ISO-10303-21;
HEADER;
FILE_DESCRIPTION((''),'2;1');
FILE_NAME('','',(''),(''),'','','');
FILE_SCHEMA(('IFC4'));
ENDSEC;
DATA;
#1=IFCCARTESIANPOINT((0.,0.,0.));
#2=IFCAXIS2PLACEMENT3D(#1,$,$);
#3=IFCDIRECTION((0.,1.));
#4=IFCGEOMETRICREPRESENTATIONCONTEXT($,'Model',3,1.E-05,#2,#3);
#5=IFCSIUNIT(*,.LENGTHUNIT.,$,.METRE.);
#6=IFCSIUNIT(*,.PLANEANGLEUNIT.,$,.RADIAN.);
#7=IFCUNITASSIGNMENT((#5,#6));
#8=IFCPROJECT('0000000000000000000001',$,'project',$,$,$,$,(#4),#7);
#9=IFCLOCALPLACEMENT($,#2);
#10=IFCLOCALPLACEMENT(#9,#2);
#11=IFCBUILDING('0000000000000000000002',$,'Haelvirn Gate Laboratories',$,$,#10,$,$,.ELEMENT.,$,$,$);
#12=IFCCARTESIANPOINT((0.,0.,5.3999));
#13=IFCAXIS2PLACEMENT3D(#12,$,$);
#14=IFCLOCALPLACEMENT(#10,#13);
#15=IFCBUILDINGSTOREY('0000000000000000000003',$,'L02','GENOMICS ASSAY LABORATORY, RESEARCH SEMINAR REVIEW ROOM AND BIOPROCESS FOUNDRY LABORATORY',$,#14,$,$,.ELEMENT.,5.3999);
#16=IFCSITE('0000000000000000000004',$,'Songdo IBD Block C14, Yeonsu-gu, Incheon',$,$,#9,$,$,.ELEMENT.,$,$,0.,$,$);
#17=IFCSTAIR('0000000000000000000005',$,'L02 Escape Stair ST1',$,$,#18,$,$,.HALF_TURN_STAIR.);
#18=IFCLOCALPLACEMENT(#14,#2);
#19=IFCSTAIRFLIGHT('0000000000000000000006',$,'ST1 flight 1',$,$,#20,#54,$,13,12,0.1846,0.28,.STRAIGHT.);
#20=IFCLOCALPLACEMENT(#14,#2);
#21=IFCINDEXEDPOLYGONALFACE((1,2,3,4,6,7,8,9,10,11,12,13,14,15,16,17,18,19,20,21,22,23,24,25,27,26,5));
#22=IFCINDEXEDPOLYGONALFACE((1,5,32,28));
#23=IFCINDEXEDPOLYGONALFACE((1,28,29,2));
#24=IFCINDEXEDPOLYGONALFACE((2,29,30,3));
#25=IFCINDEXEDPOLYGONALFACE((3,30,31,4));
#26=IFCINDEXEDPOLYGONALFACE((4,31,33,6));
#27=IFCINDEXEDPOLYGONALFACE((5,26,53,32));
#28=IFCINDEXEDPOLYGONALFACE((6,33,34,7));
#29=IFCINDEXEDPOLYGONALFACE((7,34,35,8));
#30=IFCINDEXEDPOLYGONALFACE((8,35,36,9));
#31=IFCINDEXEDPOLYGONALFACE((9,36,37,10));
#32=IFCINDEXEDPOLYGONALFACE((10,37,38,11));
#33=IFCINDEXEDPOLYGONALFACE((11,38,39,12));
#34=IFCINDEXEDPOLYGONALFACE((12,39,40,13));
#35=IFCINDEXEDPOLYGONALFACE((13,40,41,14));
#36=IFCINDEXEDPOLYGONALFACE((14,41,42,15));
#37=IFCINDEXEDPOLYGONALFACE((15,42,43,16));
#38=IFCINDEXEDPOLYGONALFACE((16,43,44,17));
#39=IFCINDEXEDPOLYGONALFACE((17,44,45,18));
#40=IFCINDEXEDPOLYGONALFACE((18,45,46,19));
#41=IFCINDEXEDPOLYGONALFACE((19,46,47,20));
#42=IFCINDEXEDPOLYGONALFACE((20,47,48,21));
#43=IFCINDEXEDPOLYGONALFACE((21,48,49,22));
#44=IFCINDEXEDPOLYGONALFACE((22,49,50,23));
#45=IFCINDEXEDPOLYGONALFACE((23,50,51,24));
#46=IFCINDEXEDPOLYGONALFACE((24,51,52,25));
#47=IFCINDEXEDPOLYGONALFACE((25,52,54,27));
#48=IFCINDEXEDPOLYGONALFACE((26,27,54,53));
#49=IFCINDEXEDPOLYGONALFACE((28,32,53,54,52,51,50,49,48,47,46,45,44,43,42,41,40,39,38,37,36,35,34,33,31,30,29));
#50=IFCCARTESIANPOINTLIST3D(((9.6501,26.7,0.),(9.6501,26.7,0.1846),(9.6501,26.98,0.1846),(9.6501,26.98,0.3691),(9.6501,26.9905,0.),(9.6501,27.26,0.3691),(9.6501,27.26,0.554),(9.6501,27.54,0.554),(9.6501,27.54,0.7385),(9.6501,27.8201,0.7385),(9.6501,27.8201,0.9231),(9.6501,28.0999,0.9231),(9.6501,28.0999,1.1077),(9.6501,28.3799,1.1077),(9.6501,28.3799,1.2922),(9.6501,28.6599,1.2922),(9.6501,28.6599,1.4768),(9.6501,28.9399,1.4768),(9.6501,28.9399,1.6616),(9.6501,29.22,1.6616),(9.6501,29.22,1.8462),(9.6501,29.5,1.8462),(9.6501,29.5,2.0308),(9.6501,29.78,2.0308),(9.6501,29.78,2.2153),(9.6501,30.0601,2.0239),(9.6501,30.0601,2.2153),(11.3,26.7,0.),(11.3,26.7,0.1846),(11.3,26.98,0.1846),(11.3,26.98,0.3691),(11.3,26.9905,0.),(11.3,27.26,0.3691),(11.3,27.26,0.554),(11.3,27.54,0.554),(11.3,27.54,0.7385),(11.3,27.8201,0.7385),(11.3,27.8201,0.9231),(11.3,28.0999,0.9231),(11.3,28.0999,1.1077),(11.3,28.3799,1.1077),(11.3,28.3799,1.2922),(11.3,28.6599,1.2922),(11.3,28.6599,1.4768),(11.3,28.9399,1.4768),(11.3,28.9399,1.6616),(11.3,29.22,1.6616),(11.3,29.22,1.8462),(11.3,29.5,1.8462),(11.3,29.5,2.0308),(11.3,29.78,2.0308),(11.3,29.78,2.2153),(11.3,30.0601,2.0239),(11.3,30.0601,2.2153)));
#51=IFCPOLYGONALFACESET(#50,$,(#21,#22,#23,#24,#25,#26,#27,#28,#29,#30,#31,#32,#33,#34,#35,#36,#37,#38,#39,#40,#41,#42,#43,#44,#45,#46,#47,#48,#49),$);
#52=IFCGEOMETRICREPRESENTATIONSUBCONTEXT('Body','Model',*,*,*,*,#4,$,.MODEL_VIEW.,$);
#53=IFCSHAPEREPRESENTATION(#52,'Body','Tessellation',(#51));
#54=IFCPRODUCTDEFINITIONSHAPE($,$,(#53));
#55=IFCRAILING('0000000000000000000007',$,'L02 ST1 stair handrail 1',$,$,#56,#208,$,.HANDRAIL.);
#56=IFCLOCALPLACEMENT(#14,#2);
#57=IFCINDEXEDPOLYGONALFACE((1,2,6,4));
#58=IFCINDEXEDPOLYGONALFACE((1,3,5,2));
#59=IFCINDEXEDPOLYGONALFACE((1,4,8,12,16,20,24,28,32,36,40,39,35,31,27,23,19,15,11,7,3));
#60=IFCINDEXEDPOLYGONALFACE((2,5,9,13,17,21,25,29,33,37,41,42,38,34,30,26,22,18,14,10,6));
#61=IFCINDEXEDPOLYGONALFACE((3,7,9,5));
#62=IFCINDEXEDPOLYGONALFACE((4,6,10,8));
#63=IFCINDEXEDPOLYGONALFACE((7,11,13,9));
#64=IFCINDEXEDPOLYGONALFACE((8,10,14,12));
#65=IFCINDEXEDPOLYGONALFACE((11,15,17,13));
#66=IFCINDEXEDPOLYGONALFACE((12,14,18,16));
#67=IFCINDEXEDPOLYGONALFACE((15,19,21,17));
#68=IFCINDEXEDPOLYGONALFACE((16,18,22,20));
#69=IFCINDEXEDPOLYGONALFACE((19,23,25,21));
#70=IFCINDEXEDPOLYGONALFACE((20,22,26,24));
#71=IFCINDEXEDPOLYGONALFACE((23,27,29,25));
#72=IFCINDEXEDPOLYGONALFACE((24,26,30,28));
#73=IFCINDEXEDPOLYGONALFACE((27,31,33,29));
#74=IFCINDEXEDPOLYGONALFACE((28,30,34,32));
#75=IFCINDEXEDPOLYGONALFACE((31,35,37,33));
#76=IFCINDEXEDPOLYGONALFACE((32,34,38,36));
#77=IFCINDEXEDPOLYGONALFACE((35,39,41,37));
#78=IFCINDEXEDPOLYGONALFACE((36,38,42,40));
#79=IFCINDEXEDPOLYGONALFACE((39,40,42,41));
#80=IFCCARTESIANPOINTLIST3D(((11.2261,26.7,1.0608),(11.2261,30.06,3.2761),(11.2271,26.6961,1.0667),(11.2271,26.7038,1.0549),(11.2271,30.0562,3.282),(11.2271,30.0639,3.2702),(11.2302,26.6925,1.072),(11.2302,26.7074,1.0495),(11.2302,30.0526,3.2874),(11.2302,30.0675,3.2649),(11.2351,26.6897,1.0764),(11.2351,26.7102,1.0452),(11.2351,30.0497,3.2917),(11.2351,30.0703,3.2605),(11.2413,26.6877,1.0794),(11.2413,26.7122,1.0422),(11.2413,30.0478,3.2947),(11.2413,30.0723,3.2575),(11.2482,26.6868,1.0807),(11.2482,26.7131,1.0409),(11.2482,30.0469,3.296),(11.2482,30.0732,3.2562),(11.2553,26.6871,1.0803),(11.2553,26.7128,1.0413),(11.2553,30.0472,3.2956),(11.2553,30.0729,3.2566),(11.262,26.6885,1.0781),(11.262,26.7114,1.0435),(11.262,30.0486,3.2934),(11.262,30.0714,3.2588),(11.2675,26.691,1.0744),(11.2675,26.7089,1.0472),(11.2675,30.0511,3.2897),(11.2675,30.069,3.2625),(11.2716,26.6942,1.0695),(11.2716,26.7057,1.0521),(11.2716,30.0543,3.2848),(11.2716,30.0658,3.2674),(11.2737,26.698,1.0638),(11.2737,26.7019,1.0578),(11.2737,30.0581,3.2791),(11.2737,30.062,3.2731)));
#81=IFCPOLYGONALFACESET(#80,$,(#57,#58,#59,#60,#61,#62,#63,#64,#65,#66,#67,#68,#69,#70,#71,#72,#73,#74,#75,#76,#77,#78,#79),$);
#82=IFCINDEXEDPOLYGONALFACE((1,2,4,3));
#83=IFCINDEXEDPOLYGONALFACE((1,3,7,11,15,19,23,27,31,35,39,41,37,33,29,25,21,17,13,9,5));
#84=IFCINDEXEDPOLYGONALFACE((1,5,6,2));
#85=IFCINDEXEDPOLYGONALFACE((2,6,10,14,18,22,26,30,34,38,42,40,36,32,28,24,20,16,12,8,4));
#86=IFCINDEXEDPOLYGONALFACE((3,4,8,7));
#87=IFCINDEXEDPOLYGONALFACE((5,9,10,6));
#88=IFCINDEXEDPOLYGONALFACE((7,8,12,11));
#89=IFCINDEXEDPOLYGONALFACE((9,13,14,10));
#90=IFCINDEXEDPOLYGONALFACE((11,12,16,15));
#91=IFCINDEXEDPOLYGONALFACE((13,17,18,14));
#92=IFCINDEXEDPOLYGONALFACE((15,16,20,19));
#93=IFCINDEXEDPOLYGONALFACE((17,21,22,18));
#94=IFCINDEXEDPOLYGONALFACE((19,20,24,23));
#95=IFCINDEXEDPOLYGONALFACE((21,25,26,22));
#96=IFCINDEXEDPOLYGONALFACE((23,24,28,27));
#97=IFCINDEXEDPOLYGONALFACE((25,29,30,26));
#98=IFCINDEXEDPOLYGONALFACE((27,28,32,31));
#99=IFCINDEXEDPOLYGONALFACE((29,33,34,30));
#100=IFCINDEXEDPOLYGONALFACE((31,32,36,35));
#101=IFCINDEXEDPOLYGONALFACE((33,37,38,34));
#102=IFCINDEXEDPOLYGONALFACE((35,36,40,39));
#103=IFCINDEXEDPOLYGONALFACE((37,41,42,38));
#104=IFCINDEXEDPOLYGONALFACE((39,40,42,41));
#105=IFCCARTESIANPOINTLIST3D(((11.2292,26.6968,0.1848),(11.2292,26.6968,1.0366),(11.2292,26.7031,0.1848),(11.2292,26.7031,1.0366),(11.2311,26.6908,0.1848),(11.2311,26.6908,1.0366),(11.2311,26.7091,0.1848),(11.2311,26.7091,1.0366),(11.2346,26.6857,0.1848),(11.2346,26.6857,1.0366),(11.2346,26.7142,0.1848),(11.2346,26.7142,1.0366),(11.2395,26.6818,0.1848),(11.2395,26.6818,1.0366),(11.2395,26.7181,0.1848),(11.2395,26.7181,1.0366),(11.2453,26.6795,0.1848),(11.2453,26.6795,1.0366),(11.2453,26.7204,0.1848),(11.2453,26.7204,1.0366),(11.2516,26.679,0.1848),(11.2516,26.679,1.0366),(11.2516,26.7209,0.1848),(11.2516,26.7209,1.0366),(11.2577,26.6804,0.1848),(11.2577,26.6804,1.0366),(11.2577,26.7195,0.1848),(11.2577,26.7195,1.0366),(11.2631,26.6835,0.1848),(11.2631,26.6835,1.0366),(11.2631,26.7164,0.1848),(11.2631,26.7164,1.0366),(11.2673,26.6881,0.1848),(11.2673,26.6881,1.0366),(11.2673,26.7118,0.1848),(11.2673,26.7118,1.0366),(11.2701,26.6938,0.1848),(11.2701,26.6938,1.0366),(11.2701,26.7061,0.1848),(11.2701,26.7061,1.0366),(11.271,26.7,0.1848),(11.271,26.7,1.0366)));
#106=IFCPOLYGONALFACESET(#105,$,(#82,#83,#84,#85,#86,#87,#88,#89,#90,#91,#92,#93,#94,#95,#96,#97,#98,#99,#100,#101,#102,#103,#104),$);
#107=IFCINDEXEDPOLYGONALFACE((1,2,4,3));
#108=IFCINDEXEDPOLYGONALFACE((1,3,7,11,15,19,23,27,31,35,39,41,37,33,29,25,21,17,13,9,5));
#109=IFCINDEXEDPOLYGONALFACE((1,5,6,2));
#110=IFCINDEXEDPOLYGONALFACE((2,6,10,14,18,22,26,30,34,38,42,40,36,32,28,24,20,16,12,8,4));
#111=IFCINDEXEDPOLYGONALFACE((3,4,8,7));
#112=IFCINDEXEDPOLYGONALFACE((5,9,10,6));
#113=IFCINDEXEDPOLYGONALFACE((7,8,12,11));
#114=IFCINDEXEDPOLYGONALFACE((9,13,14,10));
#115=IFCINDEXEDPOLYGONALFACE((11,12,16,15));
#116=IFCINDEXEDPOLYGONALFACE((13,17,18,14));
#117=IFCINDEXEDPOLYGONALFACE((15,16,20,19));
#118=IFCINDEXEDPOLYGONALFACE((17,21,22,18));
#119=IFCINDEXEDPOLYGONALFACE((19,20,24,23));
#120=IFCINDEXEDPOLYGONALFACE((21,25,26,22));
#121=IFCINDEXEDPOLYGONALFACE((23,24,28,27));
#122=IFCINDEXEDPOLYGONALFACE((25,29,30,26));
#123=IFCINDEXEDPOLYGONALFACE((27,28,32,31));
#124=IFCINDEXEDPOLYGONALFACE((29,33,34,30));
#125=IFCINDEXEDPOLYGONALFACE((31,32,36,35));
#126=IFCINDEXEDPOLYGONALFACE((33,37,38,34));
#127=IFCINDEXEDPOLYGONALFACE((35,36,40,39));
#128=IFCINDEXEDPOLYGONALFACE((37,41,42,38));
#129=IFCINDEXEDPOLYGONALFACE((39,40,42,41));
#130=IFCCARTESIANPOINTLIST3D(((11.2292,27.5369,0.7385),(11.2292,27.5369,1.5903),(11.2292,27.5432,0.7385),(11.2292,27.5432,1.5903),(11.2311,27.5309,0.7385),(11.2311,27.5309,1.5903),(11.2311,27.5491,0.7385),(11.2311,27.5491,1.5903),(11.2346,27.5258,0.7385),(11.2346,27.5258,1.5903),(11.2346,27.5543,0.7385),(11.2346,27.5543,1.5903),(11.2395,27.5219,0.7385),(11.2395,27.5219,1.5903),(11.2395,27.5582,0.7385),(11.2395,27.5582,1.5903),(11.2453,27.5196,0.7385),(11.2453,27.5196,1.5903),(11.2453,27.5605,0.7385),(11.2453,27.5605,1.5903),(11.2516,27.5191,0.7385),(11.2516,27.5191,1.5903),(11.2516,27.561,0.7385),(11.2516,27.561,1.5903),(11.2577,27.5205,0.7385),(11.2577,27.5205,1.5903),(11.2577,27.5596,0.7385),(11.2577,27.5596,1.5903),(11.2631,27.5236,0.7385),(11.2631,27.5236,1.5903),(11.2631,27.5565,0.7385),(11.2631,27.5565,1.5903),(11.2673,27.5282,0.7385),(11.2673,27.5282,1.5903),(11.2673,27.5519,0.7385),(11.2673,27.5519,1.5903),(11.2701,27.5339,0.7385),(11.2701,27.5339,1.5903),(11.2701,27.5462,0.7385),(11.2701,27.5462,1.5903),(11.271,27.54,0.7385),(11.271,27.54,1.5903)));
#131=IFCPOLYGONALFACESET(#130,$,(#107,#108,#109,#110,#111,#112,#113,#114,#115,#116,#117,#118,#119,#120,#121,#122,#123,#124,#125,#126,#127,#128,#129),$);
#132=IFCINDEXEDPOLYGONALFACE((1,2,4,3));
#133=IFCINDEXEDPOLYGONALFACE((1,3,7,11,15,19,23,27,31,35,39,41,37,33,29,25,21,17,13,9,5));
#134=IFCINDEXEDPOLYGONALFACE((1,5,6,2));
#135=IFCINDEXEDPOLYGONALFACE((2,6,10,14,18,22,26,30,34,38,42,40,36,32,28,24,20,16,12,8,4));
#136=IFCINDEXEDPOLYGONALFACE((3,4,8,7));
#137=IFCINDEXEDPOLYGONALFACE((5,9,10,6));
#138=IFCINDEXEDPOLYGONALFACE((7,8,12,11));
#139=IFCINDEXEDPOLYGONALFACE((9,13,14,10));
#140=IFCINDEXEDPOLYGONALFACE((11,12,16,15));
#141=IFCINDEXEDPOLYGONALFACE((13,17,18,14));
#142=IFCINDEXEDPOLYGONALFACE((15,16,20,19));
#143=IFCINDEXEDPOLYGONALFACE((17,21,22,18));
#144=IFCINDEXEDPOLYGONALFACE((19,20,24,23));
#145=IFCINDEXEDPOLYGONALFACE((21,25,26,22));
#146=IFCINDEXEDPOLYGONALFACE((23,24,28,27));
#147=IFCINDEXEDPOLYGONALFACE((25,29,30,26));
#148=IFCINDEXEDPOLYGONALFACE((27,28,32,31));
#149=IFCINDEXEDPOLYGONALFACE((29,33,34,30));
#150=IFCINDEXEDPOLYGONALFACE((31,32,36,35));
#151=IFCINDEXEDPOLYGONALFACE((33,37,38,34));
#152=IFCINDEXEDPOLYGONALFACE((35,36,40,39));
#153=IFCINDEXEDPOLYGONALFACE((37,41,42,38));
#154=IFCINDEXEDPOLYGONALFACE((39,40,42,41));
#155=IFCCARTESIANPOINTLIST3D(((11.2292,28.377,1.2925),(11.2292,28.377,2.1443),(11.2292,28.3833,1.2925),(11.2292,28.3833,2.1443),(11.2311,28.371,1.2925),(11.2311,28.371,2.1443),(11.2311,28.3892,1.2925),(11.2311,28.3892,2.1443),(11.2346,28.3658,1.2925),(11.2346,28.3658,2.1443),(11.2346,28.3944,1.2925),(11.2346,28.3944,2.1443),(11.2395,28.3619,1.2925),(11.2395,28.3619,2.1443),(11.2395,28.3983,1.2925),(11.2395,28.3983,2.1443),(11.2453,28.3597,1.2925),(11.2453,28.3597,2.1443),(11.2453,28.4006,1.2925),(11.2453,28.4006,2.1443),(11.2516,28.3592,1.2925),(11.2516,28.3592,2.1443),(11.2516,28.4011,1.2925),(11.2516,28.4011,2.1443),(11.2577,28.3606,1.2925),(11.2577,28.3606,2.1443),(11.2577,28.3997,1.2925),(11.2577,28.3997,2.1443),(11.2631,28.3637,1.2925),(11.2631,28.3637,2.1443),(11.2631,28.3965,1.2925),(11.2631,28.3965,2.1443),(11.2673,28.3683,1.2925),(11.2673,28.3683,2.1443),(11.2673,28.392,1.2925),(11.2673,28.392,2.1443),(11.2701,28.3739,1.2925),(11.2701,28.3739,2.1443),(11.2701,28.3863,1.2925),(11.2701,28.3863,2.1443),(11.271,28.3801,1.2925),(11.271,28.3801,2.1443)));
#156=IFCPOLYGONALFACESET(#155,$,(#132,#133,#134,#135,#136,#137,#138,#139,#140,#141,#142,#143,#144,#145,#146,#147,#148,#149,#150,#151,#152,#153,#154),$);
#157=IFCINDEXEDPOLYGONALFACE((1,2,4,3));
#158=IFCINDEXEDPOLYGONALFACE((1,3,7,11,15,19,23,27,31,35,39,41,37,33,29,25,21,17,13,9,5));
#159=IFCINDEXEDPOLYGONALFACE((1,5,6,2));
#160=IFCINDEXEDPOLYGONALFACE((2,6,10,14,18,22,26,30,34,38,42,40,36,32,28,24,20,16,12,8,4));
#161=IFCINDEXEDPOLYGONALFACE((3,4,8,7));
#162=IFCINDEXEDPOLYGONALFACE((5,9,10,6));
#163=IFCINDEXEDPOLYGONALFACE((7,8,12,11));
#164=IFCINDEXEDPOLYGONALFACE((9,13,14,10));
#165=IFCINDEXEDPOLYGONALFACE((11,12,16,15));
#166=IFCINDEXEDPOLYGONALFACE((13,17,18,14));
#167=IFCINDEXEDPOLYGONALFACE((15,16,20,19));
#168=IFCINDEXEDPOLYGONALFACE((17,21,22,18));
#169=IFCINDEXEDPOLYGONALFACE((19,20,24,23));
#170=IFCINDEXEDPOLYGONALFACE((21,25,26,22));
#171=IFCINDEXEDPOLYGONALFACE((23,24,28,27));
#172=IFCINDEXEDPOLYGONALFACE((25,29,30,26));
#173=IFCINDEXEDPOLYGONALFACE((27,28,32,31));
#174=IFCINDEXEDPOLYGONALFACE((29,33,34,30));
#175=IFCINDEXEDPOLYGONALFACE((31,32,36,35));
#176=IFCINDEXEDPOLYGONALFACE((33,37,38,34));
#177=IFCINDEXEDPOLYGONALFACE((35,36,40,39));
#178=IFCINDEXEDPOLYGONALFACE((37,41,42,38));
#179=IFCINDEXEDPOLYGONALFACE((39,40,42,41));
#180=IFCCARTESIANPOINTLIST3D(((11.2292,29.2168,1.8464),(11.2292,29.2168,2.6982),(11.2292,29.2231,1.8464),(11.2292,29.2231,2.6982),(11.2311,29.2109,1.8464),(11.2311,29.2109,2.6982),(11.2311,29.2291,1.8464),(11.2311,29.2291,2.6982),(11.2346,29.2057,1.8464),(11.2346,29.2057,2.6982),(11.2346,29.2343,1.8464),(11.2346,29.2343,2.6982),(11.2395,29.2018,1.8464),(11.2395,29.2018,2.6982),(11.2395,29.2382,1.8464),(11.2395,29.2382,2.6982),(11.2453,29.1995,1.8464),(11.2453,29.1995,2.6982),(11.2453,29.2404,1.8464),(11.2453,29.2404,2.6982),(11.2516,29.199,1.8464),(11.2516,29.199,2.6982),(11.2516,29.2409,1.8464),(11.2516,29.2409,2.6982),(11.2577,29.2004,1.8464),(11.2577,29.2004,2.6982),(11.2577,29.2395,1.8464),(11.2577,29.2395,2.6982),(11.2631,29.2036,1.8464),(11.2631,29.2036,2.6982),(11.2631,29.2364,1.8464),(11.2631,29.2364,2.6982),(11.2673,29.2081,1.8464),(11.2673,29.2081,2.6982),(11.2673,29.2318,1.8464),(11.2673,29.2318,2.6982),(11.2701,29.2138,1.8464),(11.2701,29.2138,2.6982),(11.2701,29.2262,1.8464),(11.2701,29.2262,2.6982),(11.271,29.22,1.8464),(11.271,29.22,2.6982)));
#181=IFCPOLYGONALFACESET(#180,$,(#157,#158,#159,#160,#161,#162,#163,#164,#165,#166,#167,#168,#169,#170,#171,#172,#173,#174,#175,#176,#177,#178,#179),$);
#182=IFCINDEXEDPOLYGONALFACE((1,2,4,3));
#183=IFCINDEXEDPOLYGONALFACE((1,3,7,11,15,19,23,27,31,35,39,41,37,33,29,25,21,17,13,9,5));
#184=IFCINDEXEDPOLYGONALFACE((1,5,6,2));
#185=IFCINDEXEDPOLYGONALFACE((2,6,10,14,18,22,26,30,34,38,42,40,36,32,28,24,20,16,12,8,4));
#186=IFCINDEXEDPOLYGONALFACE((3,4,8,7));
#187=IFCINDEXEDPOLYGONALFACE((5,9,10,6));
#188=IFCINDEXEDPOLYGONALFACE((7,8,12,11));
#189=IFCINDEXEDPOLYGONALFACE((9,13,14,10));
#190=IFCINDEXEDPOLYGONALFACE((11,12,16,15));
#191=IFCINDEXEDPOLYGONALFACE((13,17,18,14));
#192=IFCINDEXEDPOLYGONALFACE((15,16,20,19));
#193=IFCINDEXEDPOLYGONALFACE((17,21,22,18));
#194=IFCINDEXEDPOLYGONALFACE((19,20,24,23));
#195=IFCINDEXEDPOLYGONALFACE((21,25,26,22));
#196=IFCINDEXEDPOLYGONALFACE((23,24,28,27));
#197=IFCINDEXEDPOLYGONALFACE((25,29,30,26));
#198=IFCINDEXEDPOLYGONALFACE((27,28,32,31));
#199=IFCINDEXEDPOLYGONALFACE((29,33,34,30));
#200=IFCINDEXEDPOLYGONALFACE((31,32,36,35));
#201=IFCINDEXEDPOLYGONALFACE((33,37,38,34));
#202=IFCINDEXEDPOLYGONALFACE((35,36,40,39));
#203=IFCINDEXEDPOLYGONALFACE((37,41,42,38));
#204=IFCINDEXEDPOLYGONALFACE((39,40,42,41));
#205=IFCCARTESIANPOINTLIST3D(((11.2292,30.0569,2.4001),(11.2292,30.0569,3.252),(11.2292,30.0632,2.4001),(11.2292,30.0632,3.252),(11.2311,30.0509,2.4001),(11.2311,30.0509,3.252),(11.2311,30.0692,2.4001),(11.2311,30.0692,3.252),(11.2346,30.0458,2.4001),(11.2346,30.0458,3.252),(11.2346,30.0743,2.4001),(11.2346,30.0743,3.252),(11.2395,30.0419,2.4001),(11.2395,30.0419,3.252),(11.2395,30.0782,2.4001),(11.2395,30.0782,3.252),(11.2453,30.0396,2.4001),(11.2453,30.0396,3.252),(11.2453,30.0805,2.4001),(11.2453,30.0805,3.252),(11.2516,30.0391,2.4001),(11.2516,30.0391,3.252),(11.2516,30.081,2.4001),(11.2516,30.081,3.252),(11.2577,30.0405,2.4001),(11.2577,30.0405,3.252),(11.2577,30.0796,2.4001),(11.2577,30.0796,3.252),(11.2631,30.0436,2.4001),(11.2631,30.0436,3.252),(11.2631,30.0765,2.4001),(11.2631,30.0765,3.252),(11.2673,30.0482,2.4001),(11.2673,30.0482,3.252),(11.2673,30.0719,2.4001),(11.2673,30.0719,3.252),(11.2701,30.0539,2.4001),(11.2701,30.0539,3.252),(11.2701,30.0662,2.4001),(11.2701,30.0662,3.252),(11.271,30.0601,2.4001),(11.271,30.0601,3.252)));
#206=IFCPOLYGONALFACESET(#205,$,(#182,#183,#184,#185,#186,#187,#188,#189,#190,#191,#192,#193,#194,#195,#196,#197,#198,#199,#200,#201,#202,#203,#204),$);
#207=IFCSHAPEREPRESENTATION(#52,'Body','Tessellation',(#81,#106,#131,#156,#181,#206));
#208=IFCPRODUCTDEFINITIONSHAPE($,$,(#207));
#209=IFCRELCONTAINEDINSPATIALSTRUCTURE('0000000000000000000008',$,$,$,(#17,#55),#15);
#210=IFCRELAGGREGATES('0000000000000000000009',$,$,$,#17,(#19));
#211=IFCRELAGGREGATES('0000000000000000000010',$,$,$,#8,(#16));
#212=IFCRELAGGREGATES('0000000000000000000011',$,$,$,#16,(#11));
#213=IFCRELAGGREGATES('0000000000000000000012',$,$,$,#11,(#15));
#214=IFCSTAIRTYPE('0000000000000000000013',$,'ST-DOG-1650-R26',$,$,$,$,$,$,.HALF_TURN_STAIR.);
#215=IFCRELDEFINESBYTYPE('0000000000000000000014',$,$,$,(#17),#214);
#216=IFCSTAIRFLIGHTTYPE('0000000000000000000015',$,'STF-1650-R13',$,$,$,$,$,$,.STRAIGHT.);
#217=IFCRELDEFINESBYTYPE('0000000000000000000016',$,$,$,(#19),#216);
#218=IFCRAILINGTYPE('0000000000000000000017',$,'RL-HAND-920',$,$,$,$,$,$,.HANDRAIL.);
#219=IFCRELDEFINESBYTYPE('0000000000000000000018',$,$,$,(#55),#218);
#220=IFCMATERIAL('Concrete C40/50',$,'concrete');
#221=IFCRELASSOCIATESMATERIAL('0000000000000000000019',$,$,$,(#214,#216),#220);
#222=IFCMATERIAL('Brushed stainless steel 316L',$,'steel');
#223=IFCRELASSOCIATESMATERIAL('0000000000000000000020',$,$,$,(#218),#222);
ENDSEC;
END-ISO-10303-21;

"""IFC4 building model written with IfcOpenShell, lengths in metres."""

from ifc_helpers import new_model, si_unit, direction, frame, origin, origin_2d, place, context, subcontext, project, spatial, polyline, circle, outline, extrude, source, transform, mapped, material, type_object, type_shapes, element, aggregate, save


model = new_model("IFC4")

# Units and contexts
model_context = context("Model", 3, precision=1e-05, world=origin(), true_north=direction((0.0, 1.0)))
body_context = subcontext(model_context, "Body", "Model", "MODEL_VIEW")
ifc_project = project(units=[si_unit("LENGTHUNIT", "METRE"), si_unit("PLANEANGLEUNIT", "RADIAN")], contexts=[model_context])

# Site, building, storey
site_placement = place(None, origin())
site = spatial("IfcSite", under=ifc_project, at=site_placement, Name="Songdo IBD Block C14, Yeonsu-gu, Incheon", CompositionType="ELEMENT", RefElevation=0.0)
building_placement = place(site_placement, origin())
building = spatial("IfcBuilding", under=site, at=building_placement, Name="Haelvirn Gate Laboratories", CompositionType="ELEMENT")
storey_placement = place(building_placement, frame((0.0, 0.0, 5.3999)))
storey = spatial("IfcBuildingStorey", under=building, at=storey_placement, Name="L02", Description="GENOMICS ASSAY LABORATORY, RESEARCH SEMINAR REVIEW ROOM AND BIOPROCESS FOUNDRY LABORATORY", CompositionType="ELEMENT", Elevation=5.3999)

# Shared definitions
ifc_material_1 = material(Name="Concrete C40/50", Category="concrete")

# Stair, stair flight
stair_type = type_object("IfcStairType", Name="ST-DOG-1650-R26", PredefinedType="HALF_TURN_STAIR", material=ifc_material_1)
stair_placement = place(storey_placement, origin())
stair = element("IfcStair", 1, at=stair_placement, inside=storey, type_object=stair_type, Name="L02 Escape Stair ST1", PredefinedType="HALF_TURN_STAIR")
stair_flight_type = type_object("IfcStairFlightType", Name="STF-1650-R13", PredefinedType="STRAIGHT", material=ifc_material_1)
shared_shape_1 = source(origin(), body_context, "Body", "SweptSolid", [
    extrude(outline(polyline([(0.0, 0.0), (0.0, 0.1846), (0.28, 0.1846), (0.28, 0.3691), (0.5601, 0.3691), (0.5601, 0.554), (0.8401, 0.554), (0.8401, 0.7385), (1.1201, 0.7385), (1.1201, 0.9231), (1.3999, 0.9231), (1.3999, 1.1077), (1.6799, 1.1077), (1.6799, 1.2922), (1.96, 1.2922), (1.96, 1.4768), (2.24, 1.4768), (2.24, 1.6616), (2.52, 1.6616), (2.52, 1.8462), (2.8, 1.8462), (2.8, 2.0308), (3.0801, 2.0308), (3.0801, 2.2153), (3.3601, 2.2153), (3.3601, 2.3999), (3.3601, 2.0239), (0.2905, 0.0), (0.0, 0.0)])), frame((0.0, 0.825, 0.0), z_axis=(0.0, -1.0, 0.0), x_axis=(1.0, 0.0, 0.0)), (0.0, 0.0, 1.0), 1.6499),
])
type_shapes(stair_flight_type, [shared_shape_1])
stair_flight_placement = place(storey_placement, frame((10.4751, 26.7, 0.0), z_axis=(0.0, 0.0, 1.0), x_axis=(0.0, 1.0, 0.0)))
stair_flight = element("IfcStairFlight", 2, at=stair_flight_placement, type_object=stair_flight_type, Name="ST1 flight 1", NumberOfRisers=13, NumberOfTreads=12, PredefinedType="STRAIGHT", RiserHeight=0.1846, TreadLength=0.28, context=body_context, shape_type="MappedRepresentation", body=[
    mapped(shared_shape_1, transform((0.0, 0.0, 0.0), scale=1.0)),
])
aggregate(stair, [stair_flight])

# Railing
ifc_material_2 = material(Name="Brushed stainless steel 316L", Category="steel")
railing_type = type_object("IfcRailingType", Name="RL-HAND-920", PredefinedType="HANDRAIL", material=ifc_material_2)
shared_shape_2 = source(origin(), body_context, "Body", "SweptSolid", [
    extrude(circle(Radius=0.0239, at=origin_2d()), frame((0.0, 0.0, 0.876), z_axis=(0.0, 0.834876, 0.550437), x_axis=(-1.0, 0.0, 0.0)), (0.0, 0.0, 1.0), 4.0247),
    extrude(circle(Radius=0.021, at=origin_2d()), origin(), (0.0, 0.0, 1.0), 0.8518),
    extrude(circle(Radius=0.021, at=origin_2d()), frame((0.0, 0.8401, 0.5537)), (0.0, 0.0, 1.0), 0.8518),
    extrude(circle(Radius=0.021, at=origin_2d()), frame((0.0, 1.6802, 1.1077)), (0.0, 0.0, 1.0), 0.8518),
    extrude(circle(Radius=0.021, at=origin_2d()), frame((0.0, 2.52, 1.6616)), (0.0, 0.0, 1.0), 0.8518),
    extrude(circle(Radius=0.021, at=origin_2d()), frame((0.0, 3.3601, 2.2153)), (0.0, 0.0, 1.0), 0.8518),
])
type_shapes(railing_type, [shared_shape_2])
railing_placement = place(storey_placement, frame((11.25, 26.7, 0.1848)))
element("IfcRailing", 3, at=railing_placement, inside=storey, type_object=railing_type, Name="L02 ST1 stair handrail 1", PredefinedType="HANDRAIL", context=body_context, shape_type="MappedRepresentation", body=[
    mapped(shared_shape_2, transform((0.0, 0.0, 0.0), scale=1.0)),
])

save(model, "model.ifc")
